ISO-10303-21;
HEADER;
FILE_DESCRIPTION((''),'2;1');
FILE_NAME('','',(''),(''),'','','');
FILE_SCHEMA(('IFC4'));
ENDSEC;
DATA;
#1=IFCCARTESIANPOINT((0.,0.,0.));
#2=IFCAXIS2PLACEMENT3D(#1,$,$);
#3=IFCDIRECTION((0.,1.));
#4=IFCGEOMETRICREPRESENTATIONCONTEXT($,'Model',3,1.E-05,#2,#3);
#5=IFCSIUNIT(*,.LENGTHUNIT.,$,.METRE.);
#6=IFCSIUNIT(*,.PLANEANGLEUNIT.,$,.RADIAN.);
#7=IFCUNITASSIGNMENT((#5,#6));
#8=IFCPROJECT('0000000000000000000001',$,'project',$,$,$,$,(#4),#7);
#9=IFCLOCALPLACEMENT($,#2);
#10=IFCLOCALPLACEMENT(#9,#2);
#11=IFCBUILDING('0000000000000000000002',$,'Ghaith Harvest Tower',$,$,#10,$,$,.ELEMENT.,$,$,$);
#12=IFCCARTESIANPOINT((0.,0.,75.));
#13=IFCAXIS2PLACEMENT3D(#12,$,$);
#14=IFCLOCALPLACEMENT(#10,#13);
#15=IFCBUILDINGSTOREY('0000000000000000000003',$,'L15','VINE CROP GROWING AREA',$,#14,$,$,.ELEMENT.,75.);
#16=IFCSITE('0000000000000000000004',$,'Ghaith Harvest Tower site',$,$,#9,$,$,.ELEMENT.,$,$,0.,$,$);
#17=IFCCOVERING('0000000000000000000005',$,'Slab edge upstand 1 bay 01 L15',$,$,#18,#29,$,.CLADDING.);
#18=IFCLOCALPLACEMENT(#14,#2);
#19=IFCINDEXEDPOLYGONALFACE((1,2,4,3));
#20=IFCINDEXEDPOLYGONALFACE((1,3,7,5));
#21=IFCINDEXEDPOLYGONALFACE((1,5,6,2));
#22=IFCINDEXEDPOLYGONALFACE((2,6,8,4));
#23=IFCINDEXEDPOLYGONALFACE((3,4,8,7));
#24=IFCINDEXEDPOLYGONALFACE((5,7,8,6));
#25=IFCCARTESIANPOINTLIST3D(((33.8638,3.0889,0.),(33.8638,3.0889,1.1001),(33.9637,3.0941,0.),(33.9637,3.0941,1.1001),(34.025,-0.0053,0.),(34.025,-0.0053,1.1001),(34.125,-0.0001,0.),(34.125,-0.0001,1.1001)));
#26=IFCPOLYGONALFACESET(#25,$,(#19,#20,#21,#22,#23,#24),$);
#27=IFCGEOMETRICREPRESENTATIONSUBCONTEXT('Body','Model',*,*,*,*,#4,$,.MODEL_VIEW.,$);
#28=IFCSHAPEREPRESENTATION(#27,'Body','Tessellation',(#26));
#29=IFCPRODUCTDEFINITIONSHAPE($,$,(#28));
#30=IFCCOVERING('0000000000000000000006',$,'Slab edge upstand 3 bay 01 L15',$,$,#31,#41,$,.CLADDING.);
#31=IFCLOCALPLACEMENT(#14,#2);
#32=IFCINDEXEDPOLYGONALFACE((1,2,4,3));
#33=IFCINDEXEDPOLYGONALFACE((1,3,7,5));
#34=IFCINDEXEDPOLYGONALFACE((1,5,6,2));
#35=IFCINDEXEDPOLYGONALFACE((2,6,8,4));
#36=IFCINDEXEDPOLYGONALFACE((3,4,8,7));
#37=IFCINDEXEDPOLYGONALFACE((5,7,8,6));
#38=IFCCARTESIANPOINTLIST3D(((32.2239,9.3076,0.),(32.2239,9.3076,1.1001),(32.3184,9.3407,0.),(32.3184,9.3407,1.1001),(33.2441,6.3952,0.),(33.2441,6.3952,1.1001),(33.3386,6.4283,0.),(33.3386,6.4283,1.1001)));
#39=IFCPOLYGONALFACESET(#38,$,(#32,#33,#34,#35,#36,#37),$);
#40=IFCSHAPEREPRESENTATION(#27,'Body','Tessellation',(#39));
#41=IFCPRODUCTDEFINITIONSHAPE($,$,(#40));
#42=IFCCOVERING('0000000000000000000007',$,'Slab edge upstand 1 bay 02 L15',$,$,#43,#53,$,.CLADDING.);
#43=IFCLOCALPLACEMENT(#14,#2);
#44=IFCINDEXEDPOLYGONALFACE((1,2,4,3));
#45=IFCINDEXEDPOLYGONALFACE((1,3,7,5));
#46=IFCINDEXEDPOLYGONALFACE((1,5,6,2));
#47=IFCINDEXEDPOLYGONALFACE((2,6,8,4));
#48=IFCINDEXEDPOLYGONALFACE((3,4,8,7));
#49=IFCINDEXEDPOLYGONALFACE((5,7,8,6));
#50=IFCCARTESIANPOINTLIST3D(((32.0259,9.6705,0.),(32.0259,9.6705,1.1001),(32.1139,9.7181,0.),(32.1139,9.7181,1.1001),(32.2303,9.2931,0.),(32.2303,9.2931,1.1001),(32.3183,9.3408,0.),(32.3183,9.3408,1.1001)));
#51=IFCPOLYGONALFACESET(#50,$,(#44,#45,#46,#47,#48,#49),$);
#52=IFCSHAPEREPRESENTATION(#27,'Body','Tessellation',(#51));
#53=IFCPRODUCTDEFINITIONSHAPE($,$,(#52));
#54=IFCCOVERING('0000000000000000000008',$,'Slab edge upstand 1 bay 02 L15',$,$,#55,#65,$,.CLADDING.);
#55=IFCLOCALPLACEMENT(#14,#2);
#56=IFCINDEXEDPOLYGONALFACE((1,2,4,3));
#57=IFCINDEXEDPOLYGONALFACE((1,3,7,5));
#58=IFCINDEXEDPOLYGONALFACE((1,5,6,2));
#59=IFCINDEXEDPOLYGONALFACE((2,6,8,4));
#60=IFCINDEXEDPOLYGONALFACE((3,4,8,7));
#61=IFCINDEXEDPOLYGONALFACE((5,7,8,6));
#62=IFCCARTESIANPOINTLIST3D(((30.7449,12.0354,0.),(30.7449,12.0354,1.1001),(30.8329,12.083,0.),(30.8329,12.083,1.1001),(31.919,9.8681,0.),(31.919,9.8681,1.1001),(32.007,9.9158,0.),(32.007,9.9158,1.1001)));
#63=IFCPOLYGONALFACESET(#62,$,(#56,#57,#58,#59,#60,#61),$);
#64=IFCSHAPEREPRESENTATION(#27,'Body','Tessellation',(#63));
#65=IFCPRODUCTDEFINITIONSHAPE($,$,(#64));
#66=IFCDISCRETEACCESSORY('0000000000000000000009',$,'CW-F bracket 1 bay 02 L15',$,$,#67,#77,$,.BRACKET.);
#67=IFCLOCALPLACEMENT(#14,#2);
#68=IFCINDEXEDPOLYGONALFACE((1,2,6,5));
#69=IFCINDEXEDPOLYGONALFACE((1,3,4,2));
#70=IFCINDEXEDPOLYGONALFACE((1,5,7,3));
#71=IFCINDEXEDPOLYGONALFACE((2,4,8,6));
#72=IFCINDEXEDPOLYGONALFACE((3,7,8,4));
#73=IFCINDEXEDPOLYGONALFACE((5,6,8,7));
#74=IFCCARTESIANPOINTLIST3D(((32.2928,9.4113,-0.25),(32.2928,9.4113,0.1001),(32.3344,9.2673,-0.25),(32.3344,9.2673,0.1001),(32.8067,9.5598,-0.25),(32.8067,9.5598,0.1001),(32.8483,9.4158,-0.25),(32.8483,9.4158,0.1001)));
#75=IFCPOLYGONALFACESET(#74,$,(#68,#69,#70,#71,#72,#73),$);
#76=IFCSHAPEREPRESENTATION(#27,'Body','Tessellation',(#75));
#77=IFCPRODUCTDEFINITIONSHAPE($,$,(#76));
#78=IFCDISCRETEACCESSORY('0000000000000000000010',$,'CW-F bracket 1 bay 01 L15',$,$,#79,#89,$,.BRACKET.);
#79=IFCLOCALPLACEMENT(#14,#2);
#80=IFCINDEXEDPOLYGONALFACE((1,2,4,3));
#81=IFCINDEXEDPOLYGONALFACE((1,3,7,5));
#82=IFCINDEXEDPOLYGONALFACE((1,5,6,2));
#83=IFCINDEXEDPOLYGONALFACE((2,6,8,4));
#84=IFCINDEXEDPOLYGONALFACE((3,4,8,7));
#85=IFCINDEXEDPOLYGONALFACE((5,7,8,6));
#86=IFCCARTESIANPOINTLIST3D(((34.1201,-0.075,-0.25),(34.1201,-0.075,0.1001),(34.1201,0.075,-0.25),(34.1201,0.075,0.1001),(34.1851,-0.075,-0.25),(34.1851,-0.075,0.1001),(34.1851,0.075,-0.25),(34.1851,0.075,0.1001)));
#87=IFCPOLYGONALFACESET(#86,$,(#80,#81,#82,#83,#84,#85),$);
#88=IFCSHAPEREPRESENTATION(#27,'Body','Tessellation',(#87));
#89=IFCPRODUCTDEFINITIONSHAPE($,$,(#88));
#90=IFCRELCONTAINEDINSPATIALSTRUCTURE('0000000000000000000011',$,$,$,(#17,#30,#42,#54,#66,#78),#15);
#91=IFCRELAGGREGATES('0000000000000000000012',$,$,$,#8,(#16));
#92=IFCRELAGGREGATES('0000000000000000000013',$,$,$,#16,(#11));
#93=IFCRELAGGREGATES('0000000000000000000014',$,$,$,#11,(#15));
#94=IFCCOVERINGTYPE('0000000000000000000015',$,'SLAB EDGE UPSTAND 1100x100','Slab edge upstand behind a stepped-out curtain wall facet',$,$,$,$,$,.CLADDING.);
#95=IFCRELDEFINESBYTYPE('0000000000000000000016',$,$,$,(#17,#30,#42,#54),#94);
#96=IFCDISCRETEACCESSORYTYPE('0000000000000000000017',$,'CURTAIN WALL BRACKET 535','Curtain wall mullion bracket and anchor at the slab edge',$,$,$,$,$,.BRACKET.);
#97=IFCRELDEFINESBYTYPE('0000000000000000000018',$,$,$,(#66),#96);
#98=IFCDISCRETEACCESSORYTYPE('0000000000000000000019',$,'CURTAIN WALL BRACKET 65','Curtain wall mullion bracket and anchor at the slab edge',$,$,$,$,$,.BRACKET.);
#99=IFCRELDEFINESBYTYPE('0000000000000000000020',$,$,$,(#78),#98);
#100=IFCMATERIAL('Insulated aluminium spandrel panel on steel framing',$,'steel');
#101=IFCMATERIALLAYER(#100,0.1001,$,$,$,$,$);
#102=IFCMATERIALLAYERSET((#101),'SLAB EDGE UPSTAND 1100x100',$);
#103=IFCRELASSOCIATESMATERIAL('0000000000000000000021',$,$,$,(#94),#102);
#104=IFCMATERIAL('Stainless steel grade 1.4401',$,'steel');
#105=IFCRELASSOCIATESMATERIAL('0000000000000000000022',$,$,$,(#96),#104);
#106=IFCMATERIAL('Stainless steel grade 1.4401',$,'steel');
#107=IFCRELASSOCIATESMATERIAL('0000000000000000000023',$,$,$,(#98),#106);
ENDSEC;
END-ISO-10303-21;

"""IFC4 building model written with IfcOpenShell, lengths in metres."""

from ifc_helpers import new_model, si_unit, direction, frame, origin, origin_2d, place, context, subcontext, project, spatial, rectangle, extrude, material, layer, layer_set, type_object, element, save


model = new_model("IFC4")

# Units and contexts
model_context = context("Model", 3, precision=1e-05, world=origin(), true_north=direction((0.0, 1.0)))
body_context = subcontext(model_context, "Body", "Model", "MODEL_VIEW")
ifc_project = project(units=[si_unit("LENGTHUNIT", "METRE"), si_unit("PLANEANGLEUNIT", "RADIAN")], contexts=[model_context])

# Site, building, storey
site_placement = place(None, origin())
site = spatial("IfcSite", under=ifc_project, at=site_placement, Name="Ghaith Harvest Tower site", CompositionType="ELEMENT", RefElevation=0.0)
building_placement = place(site_placement, origin())
building = spatial("IfcBuilding", under=site, at=building_placement, Name="Ghaith Harvest Tower", CompositionType="ELEMENT")
storey_placement = place(building_placement, frame((0.0, 0.0, 75.0)))
storey = spatial("IfcBuildingStorey", under=building, at=storey_placement, Name="L15", Description="VINE CROP GROWING AREA", CompositionType="ELEMENT", Elevation=75.0)

# Coverings
ifc_material_1 = material(Name="Insulated aluminium spandrel panel on steel framing", Category="steel")
ifc_layer_1 = layer(ifc_material_1, 0.1001)
ifc_layer_set_1 = layer_set([ifc_layer_1], Name="SLAB EDGE UPSTAND 1100x100")
covering_type = type_object("IfcCoveringType", Name="SLAB EDGE UPSTAND 1100x100", Description="Slab edge upstand behind a stepped-out curtain wall facet", PredefinedType="CLADDING", material=ifc_layer_set_1)
covering_1_placement = place(storey_placement, frame((33.9944, 1.5444, 0.0), z_axis=(0.0, 0.0, 1.0), x_axis=(-0.052049, 0.998645, 0.0)))
element("IfcCovering", 1, at=covering_1_placement, inside=storey, type_object=covering_type, Name="Slab edge upstand 1 bay 01 L15", PredefinedType="CLADDING", context=body_context, shape_type="SweptSolid", body=[
    extrude(rectangle(XDim=3.0984, YDim=0.1001, at=origin_2d()), origin(), (0.0, 0.0, 1.0), 1.1001),
])
covering_2_placement = place(storey_placement, frame((32.7812, 7.8679, 0.0), z_axis=(0.0, 0.0, 1.0), x_axis=(-0.330598, 0.943772, 0.0)))
element("IfcCovering", 2, at=covering_2_placement, inside=storey, type_object=covering_type, Name="Slab edge upstand 3 bay 01 L15", PredefinedType="CLADDING", context=body_context, shape_type="SweptSolid", body=[
    extrude(rectangle(XDim=3.0859, YDim=0.1001, at=origin_2d()), origin(), (0.0, 0.0, 1.0), 1.1001),
])
covering_3_placement = place(storey_placement, frame((32.1721, 9.5056, 0.0), z_axis=(0.0, 0.0, 1.0), x_axis=(-0.476349, 0.879256, 0.0)))
element("IfcCovering", 3, at=covering_3_placement, inside=storey, type_object=covering_type, Name="Slab edge upstand 1 bay 02 L15", PredefinedType="CLADDING", context=body_context, shape_type="SweptSolid", body=[
    extrude(rectangle(XDim=0.4292, YDim=0.1001, at=origin_2d()), origin(), (0.0, 0.0, 1.0), 1.1001),
])
covering_4_placement = place(storey_placement, frame((31.376, 10.9756, 0.0), z_axis=(0.0, 0.0, 1.0), x_axis=(-0.476349, 0.879256, 0.0)))
element("IfcCovering", 4, at=covering_4_placement, inside=storey, type_object=covering_type, Name="Slab edge upstand 1 bay 02 L15", PredefinedType="CLADDING", context=body_context, shape_type="SweptSolid", body=[
    extrude(rectangle(XDim=2.4648, YDim=0.1001, at=origin_2d()), origin(), (0.0, 0.0, 1.0), 1.1001),
])

# Discrete accessories
ifc_material_2 = material(Name="Stainless steel grade 1.4401", Category="steel")
discrete_accessory_type_1 = type_object("IfcDiscreteAccessoryType", Name="CURTAIN WALL BRACKET 535", Description="Curtain wall mullion bracket and anchor at the slab edge", PredefinedType="BRACKET", material=ifc_material_2)
discrete_accessory_1_placement = place(storey_placement, frame((32.5706, 9.4136, -0.25), z_axis=(0.0, 0.0, 1.0), x_axis=(0.96068, 0.277657, 0.0)))
element("IfcDiscreteAccessory", 5, at=discrete_accessory_1_placement, inside=storey, type_object=discrete_accessory_type_1, Name="CW-F bracket 1 bay 02 L15", PredefinedType="BRACKET", context=body_context, shape_type="SweptSolid", body=[
    extrude(rectangle(XDim=0.5349, YDim=0.1499, at=origin_2d()), origin(), (0.0, 0.0, 1.0), 0.3501),
])
ifc_material_3 = material(Name="Stainless steel grade 1.4401", Category="steel")
discrete_accessory_type_2 = type_object("IfcDiscreteAccessoryType", Name="CURTAIN WALL BRACKET 65", Description="Curtain wall mullion bracket and anchor at the slab edge", PredefinedType="BRACKET", material=ifc_material_3)
discrete_accessory_2_placement = place(storey_placement, frame((34.1526, 0.0, -0.25), z_axis=(0.0, 0.0, 1.0), x_axis=(1.0, 0.0, 0.0)))
element("IfcDiscreteAccessory", 6, at=discrete_accessory_2_placement, inside=storey, type_object=discrete_accessory_type_2, Name="CW-F bracket 1 bay 01 L15", PredefinedType="BRACKET", context=body_context, shape_type="SweptSolid", body=[
    extrude(rectangle(XDim=0.0649, YDim=0.1499, at=origin_2d()), origin(), (0.0, 0.0, 1.0), 0.3501),
])

save(model, "model.ifc")
